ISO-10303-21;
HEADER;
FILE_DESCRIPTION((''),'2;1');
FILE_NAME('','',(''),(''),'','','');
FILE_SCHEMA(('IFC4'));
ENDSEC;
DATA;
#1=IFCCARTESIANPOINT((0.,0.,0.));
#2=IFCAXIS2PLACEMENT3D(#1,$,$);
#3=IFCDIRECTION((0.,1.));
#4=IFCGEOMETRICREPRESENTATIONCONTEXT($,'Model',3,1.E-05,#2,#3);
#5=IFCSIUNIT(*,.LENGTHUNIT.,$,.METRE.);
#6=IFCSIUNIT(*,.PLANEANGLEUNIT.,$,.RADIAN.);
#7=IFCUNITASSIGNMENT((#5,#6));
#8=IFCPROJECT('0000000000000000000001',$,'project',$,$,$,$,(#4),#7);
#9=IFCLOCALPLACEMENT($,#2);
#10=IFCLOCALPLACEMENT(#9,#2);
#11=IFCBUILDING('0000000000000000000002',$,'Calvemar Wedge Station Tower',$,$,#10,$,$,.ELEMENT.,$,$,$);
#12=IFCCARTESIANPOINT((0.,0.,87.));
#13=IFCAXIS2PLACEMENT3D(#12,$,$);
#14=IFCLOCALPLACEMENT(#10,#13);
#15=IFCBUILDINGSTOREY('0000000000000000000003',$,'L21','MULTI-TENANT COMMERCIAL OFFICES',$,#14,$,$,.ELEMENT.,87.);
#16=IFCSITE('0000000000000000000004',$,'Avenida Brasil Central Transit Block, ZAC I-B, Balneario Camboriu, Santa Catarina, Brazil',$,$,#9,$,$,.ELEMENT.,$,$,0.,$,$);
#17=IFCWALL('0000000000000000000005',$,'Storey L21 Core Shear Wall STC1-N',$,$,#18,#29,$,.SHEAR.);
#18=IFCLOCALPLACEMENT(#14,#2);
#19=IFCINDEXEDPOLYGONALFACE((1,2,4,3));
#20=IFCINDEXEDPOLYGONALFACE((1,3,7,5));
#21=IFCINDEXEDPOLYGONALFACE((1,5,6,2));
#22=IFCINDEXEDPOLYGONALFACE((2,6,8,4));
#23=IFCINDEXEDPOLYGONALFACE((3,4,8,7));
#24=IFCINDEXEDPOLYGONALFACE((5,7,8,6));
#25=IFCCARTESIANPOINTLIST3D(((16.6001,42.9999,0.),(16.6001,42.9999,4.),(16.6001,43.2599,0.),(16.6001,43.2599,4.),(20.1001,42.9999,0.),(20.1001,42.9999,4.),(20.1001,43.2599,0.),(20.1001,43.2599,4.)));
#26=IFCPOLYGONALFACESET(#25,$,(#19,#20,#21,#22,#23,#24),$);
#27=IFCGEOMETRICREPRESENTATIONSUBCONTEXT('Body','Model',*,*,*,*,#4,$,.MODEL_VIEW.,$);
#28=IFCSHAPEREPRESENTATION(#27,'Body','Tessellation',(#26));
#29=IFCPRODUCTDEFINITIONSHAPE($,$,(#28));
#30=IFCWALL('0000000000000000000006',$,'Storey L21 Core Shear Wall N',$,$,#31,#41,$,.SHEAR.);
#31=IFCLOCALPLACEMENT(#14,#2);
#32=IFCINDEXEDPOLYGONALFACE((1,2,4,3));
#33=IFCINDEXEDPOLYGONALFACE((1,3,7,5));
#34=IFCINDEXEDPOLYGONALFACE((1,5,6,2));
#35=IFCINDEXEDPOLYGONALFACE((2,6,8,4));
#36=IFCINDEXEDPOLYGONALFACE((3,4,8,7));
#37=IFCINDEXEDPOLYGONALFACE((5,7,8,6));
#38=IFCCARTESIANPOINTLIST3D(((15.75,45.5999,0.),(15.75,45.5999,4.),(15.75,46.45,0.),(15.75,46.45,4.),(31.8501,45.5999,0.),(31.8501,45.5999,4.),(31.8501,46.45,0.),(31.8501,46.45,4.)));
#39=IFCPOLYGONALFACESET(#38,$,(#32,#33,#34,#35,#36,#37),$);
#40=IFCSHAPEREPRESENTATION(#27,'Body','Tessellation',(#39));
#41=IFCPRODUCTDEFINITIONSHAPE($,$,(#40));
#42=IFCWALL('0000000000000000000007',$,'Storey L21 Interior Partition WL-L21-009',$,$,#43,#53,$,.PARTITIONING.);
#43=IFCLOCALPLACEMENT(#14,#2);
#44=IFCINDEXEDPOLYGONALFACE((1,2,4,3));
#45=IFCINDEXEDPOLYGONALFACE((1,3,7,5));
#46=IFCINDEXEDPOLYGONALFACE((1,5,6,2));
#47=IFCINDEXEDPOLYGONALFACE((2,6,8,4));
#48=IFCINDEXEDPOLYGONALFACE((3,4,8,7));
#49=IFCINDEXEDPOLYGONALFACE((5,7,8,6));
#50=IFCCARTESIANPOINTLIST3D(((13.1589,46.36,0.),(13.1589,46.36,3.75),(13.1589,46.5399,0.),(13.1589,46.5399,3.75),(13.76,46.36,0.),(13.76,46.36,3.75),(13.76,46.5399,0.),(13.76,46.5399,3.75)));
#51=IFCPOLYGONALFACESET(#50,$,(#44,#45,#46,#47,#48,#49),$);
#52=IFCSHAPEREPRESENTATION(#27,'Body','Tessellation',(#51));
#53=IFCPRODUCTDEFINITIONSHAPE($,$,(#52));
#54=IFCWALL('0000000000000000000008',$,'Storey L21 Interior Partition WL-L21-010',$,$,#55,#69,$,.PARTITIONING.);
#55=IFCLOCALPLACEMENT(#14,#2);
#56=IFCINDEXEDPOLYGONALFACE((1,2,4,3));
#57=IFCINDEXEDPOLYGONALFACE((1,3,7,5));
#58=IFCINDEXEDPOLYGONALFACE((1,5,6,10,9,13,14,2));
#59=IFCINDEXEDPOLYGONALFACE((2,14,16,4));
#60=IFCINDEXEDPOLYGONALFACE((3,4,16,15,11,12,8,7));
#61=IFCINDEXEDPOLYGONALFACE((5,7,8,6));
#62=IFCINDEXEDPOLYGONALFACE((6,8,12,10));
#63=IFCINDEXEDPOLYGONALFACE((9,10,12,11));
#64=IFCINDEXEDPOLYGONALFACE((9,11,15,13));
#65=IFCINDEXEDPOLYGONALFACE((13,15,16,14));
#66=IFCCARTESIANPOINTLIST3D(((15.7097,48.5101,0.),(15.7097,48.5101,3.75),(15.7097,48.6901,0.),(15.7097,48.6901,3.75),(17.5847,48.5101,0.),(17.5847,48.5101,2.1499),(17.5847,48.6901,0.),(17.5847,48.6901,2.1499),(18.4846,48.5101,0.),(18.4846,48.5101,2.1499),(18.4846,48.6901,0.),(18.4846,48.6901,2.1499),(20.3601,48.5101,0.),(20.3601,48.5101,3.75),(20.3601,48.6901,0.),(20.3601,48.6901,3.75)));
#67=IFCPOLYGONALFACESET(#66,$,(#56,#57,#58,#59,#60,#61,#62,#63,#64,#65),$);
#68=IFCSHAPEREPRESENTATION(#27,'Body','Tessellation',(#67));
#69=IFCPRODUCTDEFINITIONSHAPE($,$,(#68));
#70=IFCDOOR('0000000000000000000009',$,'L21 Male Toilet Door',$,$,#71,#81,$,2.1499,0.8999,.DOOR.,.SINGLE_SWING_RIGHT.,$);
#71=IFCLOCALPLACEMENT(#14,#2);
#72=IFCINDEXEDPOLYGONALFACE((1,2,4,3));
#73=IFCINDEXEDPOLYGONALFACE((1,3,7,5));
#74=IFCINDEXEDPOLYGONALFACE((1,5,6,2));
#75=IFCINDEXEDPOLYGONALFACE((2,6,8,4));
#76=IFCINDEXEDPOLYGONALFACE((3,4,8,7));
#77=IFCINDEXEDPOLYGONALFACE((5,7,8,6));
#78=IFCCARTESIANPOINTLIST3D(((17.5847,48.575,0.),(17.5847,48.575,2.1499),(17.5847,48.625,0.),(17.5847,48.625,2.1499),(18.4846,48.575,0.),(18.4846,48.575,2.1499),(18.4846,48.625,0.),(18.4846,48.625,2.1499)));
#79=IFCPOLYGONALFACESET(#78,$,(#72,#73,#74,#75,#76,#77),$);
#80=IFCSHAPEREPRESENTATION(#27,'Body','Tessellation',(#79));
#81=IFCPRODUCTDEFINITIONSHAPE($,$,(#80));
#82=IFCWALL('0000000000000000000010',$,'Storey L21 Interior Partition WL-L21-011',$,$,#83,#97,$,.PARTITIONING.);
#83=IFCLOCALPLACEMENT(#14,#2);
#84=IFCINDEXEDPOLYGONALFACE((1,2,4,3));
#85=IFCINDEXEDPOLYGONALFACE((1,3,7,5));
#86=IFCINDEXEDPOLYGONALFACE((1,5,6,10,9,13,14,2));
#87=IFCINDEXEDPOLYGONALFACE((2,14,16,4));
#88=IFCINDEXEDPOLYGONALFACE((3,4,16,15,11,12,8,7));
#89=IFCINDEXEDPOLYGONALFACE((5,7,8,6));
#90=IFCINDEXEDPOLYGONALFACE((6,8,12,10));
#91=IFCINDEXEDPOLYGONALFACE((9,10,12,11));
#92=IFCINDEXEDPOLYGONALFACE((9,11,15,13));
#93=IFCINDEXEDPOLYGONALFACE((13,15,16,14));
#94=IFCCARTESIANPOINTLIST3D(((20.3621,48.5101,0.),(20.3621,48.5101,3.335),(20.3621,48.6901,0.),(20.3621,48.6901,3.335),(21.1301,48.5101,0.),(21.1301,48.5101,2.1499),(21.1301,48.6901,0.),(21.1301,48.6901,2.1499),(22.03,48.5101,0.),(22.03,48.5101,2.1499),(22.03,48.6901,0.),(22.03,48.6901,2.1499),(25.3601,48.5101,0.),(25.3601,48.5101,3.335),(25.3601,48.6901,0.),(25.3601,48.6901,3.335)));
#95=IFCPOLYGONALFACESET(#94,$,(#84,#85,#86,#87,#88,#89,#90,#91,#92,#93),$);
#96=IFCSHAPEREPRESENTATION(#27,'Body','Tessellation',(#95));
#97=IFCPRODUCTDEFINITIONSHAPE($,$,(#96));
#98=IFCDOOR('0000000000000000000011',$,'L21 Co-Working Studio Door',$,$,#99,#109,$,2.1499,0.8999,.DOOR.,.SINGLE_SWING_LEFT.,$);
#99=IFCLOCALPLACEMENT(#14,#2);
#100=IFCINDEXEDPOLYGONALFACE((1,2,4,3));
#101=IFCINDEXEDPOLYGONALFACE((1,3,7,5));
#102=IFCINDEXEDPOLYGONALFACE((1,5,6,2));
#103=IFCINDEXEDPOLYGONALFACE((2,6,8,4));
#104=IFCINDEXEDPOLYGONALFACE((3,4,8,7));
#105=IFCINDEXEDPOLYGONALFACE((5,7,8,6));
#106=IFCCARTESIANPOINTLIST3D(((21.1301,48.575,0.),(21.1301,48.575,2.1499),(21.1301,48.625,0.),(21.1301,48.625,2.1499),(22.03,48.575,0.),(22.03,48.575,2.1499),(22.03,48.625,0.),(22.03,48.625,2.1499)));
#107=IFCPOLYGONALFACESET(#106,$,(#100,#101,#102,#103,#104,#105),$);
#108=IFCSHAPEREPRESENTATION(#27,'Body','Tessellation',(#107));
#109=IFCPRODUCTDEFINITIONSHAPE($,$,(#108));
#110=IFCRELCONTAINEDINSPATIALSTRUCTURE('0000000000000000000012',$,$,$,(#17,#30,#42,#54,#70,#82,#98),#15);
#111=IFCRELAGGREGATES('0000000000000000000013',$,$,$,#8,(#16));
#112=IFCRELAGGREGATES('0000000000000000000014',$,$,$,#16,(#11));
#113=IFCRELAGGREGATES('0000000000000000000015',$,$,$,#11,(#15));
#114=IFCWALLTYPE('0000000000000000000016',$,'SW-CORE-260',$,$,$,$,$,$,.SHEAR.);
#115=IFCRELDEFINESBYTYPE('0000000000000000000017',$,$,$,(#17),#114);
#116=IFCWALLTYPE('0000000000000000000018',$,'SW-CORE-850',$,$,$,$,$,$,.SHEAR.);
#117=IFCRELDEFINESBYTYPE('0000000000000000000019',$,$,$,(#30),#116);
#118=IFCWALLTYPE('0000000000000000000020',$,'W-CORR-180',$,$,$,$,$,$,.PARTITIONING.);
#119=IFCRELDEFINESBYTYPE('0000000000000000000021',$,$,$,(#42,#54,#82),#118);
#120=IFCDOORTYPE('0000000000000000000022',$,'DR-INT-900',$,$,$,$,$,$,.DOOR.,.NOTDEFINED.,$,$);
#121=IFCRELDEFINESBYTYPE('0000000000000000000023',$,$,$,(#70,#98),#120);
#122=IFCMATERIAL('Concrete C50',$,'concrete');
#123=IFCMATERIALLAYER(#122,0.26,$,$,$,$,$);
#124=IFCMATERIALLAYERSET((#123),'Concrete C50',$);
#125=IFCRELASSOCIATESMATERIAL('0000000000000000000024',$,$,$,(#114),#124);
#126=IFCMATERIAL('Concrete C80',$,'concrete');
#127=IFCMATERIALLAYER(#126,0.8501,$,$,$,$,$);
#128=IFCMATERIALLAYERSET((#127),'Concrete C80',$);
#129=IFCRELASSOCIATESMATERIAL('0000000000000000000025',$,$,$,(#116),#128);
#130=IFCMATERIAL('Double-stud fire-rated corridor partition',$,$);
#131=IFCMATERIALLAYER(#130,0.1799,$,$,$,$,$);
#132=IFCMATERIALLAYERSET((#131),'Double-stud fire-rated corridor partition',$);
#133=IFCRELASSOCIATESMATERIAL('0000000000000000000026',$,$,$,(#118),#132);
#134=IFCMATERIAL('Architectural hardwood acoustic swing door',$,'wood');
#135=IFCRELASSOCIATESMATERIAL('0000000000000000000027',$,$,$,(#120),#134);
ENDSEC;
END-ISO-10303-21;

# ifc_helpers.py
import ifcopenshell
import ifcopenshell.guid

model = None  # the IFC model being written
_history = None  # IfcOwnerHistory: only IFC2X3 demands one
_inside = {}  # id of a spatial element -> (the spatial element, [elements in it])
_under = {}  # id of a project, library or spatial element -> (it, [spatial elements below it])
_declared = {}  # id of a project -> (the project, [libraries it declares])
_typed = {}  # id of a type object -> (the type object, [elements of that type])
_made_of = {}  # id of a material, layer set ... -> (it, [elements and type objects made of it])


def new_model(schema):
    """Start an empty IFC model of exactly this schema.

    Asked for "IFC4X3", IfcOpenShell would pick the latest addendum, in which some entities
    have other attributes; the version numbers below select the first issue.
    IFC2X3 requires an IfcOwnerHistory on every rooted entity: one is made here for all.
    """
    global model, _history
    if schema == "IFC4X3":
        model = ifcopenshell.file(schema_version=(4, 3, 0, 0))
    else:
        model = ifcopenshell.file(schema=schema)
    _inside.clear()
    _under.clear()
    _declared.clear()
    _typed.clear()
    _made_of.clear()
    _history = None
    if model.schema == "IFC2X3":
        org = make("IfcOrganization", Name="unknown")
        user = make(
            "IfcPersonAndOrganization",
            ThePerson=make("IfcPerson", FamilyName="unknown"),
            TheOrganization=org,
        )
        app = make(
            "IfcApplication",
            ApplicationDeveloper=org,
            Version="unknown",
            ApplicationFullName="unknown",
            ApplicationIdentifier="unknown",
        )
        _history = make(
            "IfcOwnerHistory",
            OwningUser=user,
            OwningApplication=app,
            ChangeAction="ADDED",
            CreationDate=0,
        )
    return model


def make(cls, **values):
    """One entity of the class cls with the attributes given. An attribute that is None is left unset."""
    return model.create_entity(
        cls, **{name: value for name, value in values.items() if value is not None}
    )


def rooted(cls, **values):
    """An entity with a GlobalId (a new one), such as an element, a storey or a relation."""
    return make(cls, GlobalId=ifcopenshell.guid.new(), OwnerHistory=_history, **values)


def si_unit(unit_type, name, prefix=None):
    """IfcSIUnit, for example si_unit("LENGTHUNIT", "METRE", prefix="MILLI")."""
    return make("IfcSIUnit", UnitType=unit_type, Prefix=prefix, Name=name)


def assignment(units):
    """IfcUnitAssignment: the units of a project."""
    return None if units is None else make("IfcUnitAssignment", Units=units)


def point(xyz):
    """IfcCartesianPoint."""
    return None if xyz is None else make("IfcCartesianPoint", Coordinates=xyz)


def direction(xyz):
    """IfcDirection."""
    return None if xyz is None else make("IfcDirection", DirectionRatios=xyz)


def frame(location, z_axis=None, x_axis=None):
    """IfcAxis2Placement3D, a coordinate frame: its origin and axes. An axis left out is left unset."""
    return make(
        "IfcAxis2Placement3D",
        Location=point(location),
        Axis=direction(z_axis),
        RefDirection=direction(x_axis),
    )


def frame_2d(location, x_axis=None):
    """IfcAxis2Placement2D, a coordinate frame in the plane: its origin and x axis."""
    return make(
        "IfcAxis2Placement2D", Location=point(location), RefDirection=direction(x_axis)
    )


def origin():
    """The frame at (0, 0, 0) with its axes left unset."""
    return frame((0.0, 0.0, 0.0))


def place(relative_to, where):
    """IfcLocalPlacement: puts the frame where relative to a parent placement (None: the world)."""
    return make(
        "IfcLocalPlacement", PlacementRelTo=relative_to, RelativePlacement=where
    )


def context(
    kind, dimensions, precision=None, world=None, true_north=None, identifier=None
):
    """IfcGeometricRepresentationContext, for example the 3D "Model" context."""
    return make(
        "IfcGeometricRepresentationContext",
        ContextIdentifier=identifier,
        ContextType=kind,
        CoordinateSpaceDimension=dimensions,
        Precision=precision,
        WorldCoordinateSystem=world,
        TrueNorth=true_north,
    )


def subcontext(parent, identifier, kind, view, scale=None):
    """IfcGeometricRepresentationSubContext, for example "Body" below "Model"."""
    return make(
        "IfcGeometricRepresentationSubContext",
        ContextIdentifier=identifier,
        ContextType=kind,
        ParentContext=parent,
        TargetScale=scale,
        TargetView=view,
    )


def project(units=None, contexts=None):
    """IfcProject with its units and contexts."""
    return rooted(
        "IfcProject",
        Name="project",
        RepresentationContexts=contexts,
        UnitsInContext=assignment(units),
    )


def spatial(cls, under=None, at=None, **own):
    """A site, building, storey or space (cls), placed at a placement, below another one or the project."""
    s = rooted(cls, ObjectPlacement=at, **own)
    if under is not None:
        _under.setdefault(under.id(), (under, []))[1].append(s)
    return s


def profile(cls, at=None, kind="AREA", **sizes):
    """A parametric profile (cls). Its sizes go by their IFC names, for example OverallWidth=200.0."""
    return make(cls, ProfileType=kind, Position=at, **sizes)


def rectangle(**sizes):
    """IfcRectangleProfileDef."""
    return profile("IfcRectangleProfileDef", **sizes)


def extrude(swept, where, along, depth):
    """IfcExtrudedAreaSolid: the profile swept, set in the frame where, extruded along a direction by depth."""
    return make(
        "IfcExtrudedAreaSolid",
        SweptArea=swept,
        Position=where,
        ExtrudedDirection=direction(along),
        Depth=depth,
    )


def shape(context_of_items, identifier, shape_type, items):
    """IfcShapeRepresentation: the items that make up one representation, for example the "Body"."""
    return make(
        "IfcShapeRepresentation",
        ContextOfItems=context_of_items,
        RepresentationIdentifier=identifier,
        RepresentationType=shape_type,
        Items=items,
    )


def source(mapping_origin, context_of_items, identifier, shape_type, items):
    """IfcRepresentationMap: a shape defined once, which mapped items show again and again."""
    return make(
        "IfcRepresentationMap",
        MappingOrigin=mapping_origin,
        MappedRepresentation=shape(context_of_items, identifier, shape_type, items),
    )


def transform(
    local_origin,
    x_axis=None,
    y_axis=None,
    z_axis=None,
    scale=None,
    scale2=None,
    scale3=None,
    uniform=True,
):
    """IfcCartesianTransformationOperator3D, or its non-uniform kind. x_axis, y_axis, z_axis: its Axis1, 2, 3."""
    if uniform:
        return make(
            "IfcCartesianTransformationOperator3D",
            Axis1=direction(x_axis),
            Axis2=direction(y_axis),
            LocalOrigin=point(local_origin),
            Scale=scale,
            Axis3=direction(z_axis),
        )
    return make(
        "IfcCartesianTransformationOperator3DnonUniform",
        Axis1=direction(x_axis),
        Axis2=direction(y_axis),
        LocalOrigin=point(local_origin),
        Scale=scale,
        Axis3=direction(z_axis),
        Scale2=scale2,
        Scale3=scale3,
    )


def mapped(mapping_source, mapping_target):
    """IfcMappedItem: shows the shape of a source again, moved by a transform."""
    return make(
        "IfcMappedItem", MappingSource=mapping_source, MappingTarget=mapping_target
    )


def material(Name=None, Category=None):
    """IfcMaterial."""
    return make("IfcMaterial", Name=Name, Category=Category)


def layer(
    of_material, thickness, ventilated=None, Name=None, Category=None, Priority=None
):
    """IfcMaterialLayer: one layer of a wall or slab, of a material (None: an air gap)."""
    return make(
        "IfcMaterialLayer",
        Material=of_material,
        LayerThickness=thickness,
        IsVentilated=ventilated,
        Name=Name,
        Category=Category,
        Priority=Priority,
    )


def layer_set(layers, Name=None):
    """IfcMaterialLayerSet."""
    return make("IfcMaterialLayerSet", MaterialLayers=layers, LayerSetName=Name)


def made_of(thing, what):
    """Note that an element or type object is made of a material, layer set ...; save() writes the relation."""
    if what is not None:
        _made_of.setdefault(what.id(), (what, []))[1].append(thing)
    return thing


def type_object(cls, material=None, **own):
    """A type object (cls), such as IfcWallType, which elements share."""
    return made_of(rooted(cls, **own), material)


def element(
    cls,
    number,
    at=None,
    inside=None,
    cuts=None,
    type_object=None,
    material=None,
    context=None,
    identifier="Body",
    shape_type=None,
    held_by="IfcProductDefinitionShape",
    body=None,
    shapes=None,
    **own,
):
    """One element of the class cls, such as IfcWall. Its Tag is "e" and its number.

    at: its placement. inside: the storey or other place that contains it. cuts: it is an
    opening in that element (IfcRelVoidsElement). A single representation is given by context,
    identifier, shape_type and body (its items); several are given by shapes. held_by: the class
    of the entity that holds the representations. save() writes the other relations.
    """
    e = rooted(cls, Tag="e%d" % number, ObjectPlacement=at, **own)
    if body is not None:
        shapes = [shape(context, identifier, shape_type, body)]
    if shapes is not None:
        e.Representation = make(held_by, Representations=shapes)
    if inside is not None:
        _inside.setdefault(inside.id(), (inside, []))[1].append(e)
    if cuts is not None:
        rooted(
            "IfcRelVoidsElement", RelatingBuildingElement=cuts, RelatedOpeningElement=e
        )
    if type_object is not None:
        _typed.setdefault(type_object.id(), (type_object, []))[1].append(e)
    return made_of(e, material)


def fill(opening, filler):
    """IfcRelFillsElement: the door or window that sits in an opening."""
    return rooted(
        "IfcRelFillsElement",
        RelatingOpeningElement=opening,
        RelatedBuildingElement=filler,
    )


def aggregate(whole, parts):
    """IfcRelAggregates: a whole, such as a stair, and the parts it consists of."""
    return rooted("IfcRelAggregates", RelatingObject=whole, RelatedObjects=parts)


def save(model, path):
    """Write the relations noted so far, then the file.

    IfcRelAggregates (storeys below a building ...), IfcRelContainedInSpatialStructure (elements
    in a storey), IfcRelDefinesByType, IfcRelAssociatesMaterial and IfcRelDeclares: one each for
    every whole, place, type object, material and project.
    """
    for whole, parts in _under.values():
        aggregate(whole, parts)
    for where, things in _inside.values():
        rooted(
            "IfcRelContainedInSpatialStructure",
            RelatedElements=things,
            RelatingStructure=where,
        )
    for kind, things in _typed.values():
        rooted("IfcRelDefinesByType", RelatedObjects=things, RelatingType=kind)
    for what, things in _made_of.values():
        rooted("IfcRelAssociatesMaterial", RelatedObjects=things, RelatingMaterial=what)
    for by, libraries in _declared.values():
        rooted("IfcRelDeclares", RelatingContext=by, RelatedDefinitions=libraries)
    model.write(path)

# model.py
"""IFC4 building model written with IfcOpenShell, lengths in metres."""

from ifc_helpers import new_model, si_unit, direction, frame, frame_2d, origin, place, context, subcontext, project, spatial, rectangle, extrude, source, transform, mapped, material, layer, layer_set, type_object, element, fill, save


model = new_model("IFC4")

# Units and contexts
model_context = context("Model", 3, precision=1e-05, world=origin(), true_north=direction((0.0, 1.0)))
body_context = subcontext(model_context, "Body", "Model", "MODEL_VIEW")
ifc_project = project(units=[si_unit("LENGTHUNIT", "METRE"), si_unit("PLANEANGLEUNIT", "RADIAN")], contexts=[model_context])

# Site, building, storey
site_placement = place(None, origin())
site = spatial("IfcSite", under=ifc_project, at=site_placement, Name="Avenida Brasil Central Transit Block, ZAC I-B, Balneario Camboriu, Santa Catarina, Brazil", CompositionType="ELEMENT", RefElevation=0.0)
building_placement = place(site_placement, origin())
building = spatial("IfcBuilding", under=site, at=building_placement, Name="Calvemar Wedge Station Tower", CompositionType="ELEMENT")
storey_placement = place(building_placement, frame((0.0, 0.0, 87.0)))
storey = spatial("IfcBuildingStorey", under=building, at=storey_placement, Name="L21", Description="MULTI-TENANT COMMERCIAL OFFICES", CompositionType="ELEMENT", Elevation=87.0)

# Walls
ifc_material_1 = material(Name="Concrete C50", Category="concrete")
ifc_layer_1 = layer(ifc_material_1, 0.26)
ifc_layer_set_1 = layer_set([ifc_layer_1], Name="Concrete C50")
wall_type_1 = type_object("IfcWallType", Name="SW-CORE-260", PredefinedType="SHEAR", material=ifc_layer_set_1)
wall_1_placement = place(storey_placement, frame((16.6001, 43.1299, 0.0), z_axis=(0.0, 0.0, 1.0), x_axis=(1.0, 0.0, 0.0)))
element("IfcWall", 1, at=wall_1_placement, inside=storey, type_object=wall_type_1, Name="Storey L21 Core Shear Wall STC1-N", PredefinedType="SHEAR", context=body_context, shape_type="SweptSolid", body=[
    extrude(rectangle(XDim=3.5, YDim=0.26, at=frame_2d((1.75, 0.0))), origin(), (0.0, 0.0, 1.0), 4.0),
])
ifc_material_2 = material(Name="Concrete C80", Category="concrete")
ifc_layer_2 = layer(ifc_material_2, 0.8501)
ifc_layer_set_2 = layer_set([ifc_layer_2], Name="Concrete C80")
wall_type_2 = type_object("IfcWallType", Name="SW-CORE-850", PredefinedType="SHEAR", material=ifc_layer_set_2)
wall_2_placement = place(storey_placement, frame((15.75, 46.0249, 0.0), z_axis=(0.0, 0.0, 1.0), x_axis=(1.0, 0.0, 0.0)))
element("IfcWall", 2, at=wall_2_placement, inside=storey, type_object=wall_type_2, Name="Storey L21 Core Shear Wall N", PredefinedType="SHEAR", context=body_context, shape_type="SweptSolid", body=[
    extrude(rectangle(XDim=16.1001, YDim=0.8501, at=frame_2d((8.05, 0.0))), origin(), (0.0, 0.0, 1.0), 4.0),
])
ifc_material_3 = material(Name="Double-stud fire-rated corridor partition")
ifc_layer_3 = layer(ifc_material_3, 0.1799)
ifc_layer_set_3 = layer_set([ifc_layer_3], Name="Double-stud fire-rated corridor partition")
wall_type_3 = type_object("IfcWallType", Name="W-CORR-180", PredefinedType="PARTITIONING", material=ifc_layer_set_3)
wall_3_placement = place(storey_placement, frame((13.76, 46.45, 0.0), z_axis=(0.0, 0.0, 1.0), x_axis=(-1.0, 0.0, 0.0)))
element("IfcWall", 3, at=wall_3_placement, inside=storey, type_object=wall_type_3, Name="Storey L21 Interior Partition WL-L21-009", PredefinedType="PARTITIONING", context=body_context, shape_type="SweptSolid", body=[
    extrude(rectangle(XDim=0.6011, YDim=0.1799, at=frame_2d((0.3005, 0.0))), origin(), (0.0, 0.0, 1.0), 3.75),
])

# Walls, openings, doors
wall_4_placement = place(storey_placement, frame((15.7097, 48.6001, 0.0), z_axis=(0.0, 0.0, 1.0), x_axis=(1.0, 0.0, 0.0)))
wall_4 = element("IfcWall", 4, at=wall_4_placement, inside=storey, type_object=wall_type_3, Name="Storey L21 Interior Partition WL-L21-010", PredefinedType="PARTITIONING", context=body_context, shape_type="SweptSolid", body=[
    extrude(rectangle(XDim=4.6504, YDim=0.1799, at=frame_2d((2.3252, 0.0))), origin(), (0.0, 0.0, 1.0), 3.75),
])
shared_shape_1 = source(origin(), body_context, "Body", "SweptSolid", [
    extrude(rectangle(XDim=0.8999, YDim=2.1499, at=frame_2d((0.45, 1.075))), frame((0.0, 0.1001, 0.0), z_axis=(0.0, -1.0, 0.0), x_axis=(1.0, 0.0, 0.0)), (0.0, 0.0, 1.0), 0.2),
])
opening_1_placement = place(wall_4_placement, frame((1.875, 0.0, 0.0)))
opening_1 = element("IfcOpeningElement", 5, at=opening_1_placement, cuts=wall_4, PredefinedType="OPENING", context=body_context, shape_type="MappedRepresentation", body=[
    mapped(shared_shape_1, transform((0.0, 0.0, 0.0), scale=1.0)),
])
ifc_material_4 = material(Name="Architectural hardwood acoustic swing door", Category="wood")
door_type_1 = type_object("IfcDoorType", Name="DR-INT-900", OperationType="NOTDEFINED", PredefinedType="DOOR", material=ifc_material_4)
shared_shape_2 = source(origin(), body_context, "Body", "SweptSolid", [
    extrude(rectangle(XDim=0.8999, YDim=2.1499, at=frame_2d((0.45, 1.075))), frame((0.0, 0.0249, 0.0), z_axis=(0.0, -1.0, 0.0), x_axis=(1.0, 0.0, 0.0)), (0.0, 0.0, 1.0), 0.05),
])
door_1_placement = place(opening_1_placement, origin())
door_1 = element("IfcDoor", 6, at=door_1_placement, inside=storey, type_object=door_type_1, Name="L21 Male Toilet Door", OperationType="SINGLE_SWING_RIGHT", OverallHeight=2.1499, OverallWidth=0.8999, PredefinedType="DOOR", context=body_context, shape_type="MappedRepresentation", body=[
    mapped(shared_shape_2, transform((0.0, 0.0, 0.0), scale=1.0)),
])
fill(opening_1, door_1)
wall_5_placement = place(storey_placement, frame((20.3621, 48.6001, 0.0), z_axis=(0.0, 0.0, 1.0), x_axis=(1.0, 0.0, 0.0)))
wall_5 = element("IfcWall", 7, at=wall_5_placement, inside=storey, type_object=wall_type_3, Name="Storey L21 Interior Partition WL-L21-011", PredefinedType="PARTITIONING", context=body_context, shape_type="SweptSolid", body=[
    extrude(rectangle(XDim=4.998, YDim=0.1799, at=frame_2d((2.499, 0.0))), origin(), (0.0, 0.0, 1.0), 3.335),
])
opening_2_placement = place(wall_5_placement, frame((0.7681, 0.0, 0.0)))
opening_2 = element("IfcOpeningElement", 8, at=opening_2_placement, cuts=wall_5, PredefinedType="OPENING", context=body_context, shape_type="MappedRepresentation", body=[
    mapped(shared_shape_1, transform((0.0, 0.0, 0.0), scale=1.0)),
])
door_2_placement = place(opening_2_placement, origin())
door_2 = element("IfcDoor", 9, at=door_2_placement, inside=storey, type_object=door_type_1, Name="L21 Co-Working Studio Door", OperationType="SINGLE_SWING_LEFT", OverallHeight=2.1499, OverallWidth=0.8999, PredefinedType="DOOR", context=body_context, shape_type="MappedRepresentation", body=[
    mapped(shared_shape_2, transform((0.0, 0.0, 0.0), scale=1.0)),
])
fill(opening_2, door_2)

save(model, "model.ifc")
